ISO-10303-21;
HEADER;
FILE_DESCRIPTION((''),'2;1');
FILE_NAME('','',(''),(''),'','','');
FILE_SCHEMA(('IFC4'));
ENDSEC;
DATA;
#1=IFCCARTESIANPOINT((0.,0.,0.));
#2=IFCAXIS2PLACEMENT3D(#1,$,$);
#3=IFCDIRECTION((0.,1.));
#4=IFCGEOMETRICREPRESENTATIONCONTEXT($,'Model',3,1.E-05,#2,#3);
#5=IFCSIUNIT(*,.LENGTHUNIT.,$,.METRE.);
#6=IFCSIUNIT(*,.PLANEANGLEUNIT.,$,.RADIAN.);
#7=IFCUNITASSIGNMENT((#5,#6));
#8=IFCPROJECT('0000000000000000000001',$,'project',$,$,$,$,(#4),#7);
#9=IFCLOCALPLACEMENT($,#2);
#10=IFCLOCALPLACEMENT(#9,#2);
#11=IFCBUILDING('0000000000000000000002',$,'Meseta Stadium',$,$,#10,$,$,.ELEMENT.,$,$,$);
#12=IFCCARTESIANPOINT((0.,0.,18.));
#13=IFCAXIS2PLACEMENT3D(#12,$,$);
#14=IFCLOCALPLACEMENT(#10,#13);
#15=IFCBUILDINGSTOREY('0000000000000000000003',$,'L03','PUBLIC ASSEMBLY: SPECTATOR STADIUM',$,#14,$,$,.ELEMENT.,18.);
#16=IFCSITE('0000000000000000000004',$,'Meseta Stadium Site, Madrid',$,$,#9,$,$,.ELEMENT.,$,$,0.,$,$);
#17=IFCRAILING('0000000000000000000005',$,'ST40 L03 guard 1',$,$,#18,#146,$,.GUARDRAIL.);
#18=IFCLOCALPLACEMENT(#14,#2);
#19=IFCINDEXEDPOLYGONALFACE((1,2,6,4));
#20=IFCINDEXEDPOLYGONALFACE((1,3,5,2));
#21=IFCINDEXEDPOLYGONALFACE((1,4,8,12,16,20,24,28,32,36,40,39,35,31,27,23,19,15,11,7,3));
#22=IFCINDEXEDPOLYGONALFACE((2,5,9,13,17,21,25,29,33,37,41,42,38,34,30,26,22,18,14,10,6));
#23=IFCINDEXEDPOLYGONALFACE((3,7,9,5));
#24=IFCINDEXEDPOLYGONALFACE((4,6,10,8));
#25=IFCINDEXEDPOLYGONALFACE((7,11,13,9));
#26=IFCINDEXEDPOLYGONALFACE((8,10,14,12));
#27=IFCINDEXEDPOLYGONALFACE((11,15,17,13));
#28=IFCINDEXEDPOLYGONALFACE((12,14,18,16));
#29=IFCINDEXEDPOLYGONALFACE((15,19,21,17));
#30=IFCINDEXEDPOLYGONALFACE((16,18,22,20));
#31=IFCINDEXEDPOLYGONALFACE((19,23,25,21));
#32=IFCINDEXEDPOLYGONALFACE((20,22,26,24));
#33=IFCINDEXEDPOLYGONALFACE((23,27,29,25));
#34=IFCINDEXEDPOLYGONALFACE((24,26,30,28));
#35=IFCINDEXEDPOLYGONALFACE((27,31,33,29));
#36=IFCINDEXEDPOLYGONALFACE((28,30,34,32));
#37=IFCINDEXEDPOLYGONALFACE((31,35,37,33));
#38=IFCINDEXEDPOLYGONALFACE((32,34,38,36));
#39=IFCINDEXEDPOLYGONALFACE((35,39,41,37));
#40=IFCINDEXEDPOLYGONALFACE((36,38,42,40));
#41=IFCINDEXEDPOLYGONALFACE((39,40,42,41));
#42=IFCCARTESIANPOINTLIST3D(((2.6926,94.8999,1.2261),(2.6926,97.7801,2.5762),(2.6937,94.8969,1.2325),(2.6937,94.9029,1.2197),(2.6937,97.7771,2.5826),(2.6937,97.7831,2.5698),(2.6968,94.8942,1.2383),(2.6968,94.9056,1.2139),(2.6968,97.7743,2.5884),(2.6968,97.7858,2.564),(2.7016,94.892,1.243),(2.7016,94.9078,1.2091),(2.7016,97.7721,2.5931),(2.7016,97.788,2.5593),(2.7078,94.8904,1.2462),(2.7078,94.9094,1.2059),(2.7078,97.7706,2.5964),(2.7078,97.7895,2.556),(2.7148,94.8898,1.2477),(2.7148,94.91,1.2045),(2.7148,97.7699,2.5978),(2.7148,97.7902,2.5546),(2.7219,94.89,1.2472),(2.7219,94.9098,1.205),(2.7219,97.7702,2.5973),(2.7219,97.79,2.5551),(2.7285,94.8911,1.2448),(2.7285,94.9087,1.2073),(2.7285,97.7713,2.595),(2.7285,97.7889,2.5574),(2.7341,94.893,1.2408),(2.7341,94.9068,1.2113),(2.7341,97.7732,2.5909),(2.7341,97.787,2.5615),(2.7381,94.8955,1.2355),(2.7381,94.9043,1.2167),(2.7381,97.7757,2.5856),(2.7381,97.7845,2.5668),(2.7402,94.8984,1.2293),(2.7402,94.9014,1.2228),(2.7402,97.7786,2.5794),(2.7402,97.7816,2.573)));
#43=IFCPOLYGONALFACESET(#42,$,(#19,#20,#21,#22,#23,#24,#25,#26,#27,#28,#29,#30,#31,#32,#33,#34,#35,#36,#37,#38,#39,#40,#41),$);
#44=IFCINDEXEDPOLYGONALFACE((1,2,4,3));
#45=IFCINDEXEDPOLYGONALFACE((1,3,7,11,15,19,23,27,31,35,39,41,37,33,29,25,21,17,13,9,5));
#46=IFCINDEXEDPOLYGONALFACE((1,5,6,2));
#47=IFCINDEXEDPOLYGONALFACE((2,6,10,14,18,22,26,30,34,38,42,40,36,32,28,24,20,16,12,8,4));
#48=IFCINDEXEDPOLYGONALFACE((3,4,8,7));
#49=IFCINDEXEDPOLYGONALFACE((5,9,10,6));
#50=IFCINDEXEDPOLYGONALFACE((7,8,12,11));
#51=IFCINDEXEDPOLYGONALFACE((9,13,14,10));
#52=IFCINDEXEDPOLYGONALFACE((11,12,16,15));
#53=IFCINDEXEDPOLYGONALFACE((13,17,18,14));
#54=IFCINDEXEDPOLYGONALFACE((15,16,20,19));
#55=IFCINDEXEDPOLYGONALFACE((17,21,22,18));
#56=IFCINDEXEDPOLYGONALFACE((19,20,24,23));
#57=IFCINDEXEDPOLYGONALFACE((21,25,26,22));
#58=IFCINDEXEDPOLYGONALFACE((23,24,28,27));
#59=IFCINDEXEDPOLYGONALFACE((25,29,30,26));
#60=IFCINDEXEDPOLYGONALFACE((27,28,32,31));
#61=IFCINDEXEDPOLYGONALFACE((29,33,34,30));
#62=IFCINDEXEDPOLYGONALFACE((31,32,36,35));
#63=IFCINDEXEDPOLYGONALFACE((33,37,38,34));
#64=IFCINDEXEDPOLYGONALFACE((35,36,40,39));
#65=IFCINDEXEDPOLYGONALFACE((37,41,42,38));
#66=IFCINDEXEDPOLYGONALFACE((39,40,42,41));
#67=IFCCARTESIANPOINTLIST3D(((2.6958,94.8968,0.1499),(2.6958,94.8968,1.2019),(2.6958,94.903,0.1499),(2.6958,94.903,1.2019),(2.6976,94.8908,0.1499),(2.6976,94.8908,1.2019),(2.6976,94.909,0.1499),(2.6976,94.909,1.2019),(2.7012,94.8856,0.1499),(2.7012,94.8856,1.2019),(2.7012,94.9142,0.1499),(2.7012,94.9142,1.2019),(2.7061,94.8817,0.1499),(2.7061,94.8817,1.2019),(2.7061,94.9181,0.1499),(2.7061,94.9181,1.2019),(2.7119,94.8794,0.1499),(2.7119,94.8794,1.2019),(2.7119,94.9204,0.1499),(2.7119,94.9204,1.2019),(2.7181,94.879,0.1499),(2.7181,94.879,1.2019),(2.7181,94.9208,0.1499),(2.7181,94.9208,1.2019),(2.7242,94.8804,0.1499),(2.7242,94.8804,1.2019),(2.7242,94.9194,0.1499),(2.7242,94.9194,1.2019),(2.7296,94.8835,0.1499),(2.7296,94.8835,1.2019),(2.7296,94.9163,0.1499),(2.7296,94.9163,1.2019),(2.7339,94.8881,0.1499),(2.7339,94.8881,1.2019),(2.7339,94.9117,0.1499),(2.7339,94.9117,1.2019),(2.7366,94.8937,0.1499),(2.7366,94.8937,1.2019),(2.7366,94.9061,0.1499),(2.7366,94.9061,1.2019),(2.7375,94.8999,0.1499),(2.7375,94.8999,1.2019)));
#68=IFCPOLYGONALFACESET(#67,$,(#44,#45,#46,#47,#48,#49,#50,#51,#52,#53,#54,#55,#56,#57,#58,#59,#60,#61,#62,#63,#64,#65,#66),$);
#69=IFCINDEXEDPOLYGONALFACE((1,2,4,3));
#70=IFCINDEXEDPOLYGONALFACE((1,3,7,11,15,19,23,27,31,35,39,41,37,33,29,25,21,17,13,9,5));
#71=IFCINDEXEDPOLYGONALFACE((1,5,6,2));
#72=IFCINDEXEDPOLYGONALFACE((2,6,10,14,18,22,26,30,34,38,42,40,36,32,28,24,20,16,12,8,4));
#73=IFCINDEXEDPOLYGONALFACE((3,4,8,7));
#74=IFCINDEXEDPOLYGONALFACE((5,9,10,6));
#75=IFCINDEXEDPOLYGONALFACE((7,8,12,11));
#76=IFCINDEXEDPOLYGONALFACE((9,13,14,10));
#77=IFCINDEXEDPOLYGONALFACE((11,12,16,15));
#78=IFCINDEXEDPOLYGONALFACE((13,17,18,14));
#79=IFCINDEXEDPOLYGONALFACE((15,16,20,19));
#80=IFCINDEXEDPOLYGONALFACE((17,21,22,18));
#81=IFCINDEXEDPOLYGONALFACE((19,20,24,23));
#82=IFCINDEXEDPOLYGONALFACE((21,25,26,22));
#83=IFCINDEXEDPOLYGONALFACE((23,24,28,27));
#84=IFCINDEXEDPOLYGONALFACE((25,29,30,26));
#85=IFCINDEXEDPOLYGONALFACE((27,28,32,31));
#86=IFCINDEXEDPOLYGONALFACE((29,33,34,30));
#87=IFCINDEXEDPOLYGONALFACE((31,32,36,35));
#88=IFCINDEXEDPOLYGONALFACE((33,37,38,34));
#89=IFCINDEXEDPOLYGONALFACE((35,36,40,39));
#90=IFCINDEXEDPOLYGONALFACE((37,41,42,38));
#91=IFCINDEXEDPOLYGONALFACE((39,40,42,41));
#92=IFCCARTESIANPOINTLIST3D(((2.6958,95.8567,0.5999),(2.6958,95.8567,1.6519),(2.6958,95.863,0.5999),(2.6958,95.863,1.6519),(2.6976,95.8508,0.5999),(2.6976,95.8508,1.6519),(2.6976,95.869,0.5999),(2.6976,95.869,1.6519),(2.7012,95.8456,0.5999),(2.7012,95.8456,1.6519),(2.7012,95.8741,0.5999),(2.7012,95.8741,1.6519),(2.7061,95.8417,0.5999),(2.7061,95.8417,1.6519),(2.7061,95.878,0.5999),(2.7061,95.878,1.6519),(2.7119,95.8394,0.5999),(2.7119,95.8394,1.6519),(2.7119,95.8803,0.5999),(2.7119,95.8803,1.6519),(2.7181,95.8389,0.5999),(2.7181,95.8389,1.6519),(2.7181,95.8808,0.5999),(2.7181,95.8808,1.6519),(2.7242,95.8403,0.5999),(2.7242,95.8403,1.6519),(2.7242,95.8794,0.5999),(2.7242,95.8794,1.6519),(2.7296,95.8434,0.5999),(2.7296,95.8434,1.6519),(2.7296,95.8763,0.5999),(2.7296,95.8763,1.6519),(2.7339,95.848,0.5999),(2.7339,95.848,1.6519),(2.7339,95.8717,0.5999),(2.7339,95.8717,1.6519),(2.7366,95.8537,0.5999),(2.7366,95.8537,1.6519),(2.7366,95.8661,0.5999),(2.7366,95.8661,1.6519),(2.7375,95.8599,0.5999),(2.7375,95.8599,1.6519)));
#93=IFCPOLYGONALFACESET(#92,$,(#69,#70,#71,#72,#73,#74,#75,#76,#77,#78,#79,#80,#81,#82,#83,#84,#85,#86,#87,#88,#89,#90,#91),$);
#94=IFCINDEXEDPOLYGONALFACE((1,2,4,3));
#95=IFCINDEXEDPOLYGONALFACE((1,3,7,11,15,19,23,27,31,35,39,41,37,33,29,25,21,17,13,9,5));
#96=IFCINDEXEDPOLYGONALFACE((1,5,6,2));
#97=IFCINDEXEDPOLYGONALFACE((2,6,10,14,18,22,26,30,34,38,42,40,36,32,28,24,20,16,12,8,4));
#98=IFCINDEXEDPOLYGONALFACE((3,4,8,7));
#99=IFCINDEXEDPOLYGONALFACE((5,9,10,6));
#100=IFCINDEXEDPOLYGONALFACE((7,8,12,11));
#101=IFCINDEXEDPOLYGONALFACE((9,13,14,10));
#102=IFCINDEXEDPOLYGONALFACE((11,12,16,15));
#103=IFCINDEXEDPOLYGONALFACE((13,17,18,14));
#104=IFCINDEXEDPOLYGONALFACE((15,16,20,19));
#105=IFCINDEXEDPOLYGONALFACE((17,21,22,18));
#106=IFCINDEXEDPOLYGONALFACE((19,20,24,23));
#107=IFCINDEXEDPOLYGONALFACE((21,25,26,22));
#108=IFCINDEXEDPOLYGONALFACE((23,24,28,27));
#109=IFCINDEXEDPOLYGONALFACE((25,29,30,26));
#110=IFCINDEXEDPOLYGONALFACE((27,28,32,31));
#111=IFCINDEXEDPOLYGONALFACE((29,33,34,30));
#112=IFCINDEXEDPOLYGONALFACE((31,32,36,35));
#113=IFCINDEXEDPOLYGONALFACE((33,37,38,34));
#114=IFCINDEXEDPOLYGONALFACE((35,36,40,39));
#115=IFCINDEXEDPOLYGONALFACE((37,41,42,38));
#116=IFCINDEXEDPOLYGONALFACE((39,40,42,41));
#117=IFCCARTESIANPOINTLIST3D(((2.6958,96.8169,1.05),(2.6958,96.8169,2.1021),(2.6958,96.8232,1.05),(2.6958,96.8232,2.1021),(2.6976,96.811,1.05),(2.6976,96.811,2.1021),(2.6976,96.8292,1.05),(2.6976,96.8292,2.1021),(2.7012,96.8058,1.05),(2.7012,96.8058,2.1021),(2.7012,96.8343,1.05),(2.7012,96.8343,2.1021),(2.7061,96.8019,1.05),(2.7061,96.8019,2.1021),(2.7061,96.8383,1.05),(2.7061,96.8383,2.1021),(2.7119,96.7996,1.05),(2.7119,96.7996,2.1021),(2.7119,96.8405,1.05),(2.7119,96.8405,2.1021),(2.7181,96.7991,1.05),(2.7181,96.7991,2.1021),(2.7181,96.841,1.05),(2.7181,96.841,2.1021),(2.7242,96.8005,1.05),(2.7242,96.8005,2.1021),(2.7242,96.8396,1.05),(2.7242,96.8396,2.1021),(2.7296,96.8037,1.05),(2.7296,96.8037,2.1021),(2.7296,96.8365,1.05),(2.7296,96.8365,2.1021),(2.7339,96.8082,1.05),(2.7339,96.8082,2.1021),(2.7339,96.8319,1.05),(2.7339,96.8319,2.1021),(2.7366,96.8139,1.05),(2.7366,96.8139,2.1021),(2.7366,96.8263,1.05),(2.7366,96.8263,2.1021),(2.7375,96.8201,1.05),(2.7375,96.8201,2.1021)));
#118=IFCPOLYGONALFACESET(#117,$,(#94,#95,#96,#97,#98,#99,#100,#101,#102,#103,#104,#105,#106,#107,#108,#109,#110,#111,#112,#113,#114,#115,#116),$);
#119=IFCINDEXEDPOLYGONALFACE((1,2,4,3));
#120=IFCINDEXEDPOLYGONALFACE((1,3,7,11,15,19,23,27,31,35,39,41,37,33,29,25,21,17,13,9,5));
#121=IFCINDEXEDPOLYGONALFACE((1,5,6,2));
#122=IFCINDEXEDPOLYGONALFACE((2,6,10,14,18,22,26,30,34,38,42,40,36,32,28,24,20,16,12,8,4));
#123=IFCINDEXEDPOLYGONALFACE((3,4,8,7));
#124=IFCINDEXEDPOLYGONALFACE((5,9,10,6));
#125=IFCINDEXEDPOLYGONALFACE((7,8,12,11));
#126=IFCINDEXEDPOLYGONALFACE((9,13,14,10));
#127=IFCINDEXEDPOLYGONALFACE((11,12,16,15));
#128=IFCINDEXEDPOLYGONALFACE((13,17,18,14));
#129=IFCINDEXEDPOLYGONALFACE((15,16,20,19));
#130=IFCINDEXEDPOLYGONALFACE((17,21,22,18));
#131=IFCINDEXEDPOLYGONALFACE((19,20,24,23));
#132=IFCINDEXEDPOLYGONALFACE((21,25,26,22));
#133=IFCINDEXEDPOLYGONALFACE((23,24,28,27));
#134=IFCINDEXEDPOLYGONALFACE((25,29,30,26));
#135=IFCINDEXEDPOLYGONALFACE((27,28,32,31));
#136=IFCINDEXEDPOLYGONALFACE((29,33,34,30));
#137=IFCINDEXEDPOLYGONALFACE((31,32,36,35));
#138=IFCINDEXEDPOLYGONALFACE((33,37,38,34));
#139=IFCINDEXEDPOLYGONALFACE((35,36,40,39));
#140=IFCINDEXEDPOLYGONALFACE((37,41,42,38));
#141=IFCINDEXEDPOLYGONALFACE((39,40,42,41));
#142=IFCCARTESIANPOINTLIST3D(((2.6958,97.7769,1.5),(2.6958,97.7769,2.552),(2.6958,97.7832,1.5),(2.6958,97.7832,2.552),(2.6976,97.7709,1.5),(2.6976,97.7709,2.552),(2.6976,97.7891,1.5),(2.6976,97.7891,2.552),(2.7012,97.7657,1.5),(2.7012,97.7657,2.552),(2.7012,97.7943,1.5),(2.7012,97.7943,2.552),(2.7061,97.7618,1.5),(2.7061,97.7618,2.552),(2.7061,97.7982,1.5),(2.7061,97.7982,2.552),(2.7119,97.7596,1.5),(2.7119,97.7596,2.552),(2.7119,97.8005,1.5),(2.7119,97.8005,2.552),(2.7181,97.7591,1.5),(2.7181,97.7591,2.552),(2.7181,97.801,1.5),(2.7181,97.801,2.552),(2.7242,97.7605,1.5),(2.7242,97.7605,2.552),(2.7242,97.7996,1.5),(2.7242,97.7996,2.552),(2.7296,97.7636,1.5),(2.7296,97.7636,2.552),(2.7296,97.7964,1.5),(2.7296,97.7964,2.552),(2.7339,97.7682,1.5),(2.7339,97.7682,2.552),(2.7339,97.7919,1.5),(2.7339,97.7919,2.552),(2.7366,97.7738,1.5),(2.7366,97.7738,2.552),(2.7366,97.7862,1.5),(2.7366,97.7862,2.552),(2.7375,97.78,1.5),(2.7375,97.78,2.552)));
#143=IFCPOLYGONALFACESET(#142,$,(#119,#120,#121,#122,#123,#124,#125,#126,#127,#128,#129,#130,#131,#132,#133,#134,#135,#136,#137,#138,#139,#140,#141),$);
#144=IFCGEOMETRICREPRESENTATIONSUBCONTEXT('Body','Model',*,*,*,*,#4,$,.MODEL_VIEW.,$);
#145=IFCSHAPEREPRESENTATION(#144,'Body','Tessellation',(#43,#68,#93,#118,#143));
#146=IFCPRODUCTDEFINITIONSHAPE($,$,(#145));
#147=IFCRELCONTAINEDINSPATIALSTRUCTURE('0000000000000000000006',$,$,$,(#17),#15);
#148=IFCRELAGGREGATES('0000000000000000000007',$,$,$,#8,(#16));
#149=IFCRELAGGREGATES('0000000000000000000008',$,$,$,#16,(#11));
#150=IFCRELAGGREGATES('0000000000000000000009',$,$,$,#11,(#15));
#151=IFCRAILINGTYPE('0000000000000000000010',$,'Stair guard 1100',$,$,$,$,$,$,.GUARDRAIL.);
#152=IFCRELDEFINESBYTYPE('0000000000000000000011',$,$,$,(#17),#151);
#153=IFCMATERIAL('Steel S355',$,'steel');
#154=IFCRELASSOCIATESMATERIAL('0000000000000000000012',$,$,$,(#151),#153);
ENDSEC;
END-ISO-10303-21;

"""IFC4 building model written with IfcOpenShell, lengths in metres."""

from ifc_helpers import new_model, si_unit, direction, frame, origin, origin_2d, place, context, subcontext, project, spatial, circle, extrude, material, type_object, element, save


model = new_model("IFC4")

# Units and contexts
model_context = context("Model", 3, precision=1e-05, world=origin(), true_north=direction((0.0, 1.0)))
body_context = subcontext(model_context, "Body", "Model", "MODEL_VIEW")
ifc_project = project(units=[si_unit("LENGTHUNIT", "METRE"), si_unit("PLANEANGLEUNIT", "RADIAN")], contexts=[model_context])

# Site, building, storey
site_placement = place(None, origin())
site = spatial("IfcSite", under=ifc_project, at=site_placement, Name="Meseta Stadium Site, Madrid", CompositionType="ELEMENT", RefElevation=0.0)
building_placement = place(site_placement, origin())
building = spatial("IfcBuilding", under=site, at=building_placement, Name="Meseta Stadium", CompositionType="ELEMENT")
storey_placement = place(building_placement, frame((0.0, 0.0, 18.0)))
storey = spatial("IfcBuildingStorey", under=building, at=storey_placement, Name="L03", Description="PUBLIC ASSEMBLY: SPECTATOR STADIUM", CompositionType="ELEMENT", Elevation=18.0)

# Railing
ifc_material_1 = material(Name="Steel S355", Category="steel")
railing_type_1 = type_object("IfcRailingType", Name="Stair guard 1100", PredefinedType="GUARDRAIL", material=ifc_material_1)
railing_1_placement = place(storey_placement, frame((2.7166, 94.8999, 0.1499)))
element("IfcRailing", 1, at=railing_1_placement, inside=storey, type_object=railing_type_1, Name="ST40 L03 guard 1", PredefinedType="GUARDRAIL", context=body_context, shape_type="SweptSolid", body=[
    extrude(circle(Radius=0.0239, at=origin_2d()), frame((0.0, 0.0, 1.0762), z_axis=(0.0, 0.905454, 0.424444), x_axis=(-1.0, 0.0, 0.0)), (0.0, 0.0, 1.0), 3.1809),
    extrude(circle(Radius=0.021, at=origin_2d()), origin(), (0.0, 0.0, 1.0), 1.052),
    extrude(circle(Radius=0.021, at=origin_2d()), frame((0.0, 0.96, 0.45)), (0.0, 0.0, 1.0), 1.052),
    extrude(circle(Radius=0.021, at=origin_2d()), frame((0.0, 1.9202, 0.9001)), (0.0, 0.0, 1.0), 1.052),
    extrude(circle(Radius=0.021, at=origin_2d()), frame((0.0, 2.8801, 1.3501)), (0.0, 0.0, 1.0), 1.052),
])

save(model, "model.ifc")
